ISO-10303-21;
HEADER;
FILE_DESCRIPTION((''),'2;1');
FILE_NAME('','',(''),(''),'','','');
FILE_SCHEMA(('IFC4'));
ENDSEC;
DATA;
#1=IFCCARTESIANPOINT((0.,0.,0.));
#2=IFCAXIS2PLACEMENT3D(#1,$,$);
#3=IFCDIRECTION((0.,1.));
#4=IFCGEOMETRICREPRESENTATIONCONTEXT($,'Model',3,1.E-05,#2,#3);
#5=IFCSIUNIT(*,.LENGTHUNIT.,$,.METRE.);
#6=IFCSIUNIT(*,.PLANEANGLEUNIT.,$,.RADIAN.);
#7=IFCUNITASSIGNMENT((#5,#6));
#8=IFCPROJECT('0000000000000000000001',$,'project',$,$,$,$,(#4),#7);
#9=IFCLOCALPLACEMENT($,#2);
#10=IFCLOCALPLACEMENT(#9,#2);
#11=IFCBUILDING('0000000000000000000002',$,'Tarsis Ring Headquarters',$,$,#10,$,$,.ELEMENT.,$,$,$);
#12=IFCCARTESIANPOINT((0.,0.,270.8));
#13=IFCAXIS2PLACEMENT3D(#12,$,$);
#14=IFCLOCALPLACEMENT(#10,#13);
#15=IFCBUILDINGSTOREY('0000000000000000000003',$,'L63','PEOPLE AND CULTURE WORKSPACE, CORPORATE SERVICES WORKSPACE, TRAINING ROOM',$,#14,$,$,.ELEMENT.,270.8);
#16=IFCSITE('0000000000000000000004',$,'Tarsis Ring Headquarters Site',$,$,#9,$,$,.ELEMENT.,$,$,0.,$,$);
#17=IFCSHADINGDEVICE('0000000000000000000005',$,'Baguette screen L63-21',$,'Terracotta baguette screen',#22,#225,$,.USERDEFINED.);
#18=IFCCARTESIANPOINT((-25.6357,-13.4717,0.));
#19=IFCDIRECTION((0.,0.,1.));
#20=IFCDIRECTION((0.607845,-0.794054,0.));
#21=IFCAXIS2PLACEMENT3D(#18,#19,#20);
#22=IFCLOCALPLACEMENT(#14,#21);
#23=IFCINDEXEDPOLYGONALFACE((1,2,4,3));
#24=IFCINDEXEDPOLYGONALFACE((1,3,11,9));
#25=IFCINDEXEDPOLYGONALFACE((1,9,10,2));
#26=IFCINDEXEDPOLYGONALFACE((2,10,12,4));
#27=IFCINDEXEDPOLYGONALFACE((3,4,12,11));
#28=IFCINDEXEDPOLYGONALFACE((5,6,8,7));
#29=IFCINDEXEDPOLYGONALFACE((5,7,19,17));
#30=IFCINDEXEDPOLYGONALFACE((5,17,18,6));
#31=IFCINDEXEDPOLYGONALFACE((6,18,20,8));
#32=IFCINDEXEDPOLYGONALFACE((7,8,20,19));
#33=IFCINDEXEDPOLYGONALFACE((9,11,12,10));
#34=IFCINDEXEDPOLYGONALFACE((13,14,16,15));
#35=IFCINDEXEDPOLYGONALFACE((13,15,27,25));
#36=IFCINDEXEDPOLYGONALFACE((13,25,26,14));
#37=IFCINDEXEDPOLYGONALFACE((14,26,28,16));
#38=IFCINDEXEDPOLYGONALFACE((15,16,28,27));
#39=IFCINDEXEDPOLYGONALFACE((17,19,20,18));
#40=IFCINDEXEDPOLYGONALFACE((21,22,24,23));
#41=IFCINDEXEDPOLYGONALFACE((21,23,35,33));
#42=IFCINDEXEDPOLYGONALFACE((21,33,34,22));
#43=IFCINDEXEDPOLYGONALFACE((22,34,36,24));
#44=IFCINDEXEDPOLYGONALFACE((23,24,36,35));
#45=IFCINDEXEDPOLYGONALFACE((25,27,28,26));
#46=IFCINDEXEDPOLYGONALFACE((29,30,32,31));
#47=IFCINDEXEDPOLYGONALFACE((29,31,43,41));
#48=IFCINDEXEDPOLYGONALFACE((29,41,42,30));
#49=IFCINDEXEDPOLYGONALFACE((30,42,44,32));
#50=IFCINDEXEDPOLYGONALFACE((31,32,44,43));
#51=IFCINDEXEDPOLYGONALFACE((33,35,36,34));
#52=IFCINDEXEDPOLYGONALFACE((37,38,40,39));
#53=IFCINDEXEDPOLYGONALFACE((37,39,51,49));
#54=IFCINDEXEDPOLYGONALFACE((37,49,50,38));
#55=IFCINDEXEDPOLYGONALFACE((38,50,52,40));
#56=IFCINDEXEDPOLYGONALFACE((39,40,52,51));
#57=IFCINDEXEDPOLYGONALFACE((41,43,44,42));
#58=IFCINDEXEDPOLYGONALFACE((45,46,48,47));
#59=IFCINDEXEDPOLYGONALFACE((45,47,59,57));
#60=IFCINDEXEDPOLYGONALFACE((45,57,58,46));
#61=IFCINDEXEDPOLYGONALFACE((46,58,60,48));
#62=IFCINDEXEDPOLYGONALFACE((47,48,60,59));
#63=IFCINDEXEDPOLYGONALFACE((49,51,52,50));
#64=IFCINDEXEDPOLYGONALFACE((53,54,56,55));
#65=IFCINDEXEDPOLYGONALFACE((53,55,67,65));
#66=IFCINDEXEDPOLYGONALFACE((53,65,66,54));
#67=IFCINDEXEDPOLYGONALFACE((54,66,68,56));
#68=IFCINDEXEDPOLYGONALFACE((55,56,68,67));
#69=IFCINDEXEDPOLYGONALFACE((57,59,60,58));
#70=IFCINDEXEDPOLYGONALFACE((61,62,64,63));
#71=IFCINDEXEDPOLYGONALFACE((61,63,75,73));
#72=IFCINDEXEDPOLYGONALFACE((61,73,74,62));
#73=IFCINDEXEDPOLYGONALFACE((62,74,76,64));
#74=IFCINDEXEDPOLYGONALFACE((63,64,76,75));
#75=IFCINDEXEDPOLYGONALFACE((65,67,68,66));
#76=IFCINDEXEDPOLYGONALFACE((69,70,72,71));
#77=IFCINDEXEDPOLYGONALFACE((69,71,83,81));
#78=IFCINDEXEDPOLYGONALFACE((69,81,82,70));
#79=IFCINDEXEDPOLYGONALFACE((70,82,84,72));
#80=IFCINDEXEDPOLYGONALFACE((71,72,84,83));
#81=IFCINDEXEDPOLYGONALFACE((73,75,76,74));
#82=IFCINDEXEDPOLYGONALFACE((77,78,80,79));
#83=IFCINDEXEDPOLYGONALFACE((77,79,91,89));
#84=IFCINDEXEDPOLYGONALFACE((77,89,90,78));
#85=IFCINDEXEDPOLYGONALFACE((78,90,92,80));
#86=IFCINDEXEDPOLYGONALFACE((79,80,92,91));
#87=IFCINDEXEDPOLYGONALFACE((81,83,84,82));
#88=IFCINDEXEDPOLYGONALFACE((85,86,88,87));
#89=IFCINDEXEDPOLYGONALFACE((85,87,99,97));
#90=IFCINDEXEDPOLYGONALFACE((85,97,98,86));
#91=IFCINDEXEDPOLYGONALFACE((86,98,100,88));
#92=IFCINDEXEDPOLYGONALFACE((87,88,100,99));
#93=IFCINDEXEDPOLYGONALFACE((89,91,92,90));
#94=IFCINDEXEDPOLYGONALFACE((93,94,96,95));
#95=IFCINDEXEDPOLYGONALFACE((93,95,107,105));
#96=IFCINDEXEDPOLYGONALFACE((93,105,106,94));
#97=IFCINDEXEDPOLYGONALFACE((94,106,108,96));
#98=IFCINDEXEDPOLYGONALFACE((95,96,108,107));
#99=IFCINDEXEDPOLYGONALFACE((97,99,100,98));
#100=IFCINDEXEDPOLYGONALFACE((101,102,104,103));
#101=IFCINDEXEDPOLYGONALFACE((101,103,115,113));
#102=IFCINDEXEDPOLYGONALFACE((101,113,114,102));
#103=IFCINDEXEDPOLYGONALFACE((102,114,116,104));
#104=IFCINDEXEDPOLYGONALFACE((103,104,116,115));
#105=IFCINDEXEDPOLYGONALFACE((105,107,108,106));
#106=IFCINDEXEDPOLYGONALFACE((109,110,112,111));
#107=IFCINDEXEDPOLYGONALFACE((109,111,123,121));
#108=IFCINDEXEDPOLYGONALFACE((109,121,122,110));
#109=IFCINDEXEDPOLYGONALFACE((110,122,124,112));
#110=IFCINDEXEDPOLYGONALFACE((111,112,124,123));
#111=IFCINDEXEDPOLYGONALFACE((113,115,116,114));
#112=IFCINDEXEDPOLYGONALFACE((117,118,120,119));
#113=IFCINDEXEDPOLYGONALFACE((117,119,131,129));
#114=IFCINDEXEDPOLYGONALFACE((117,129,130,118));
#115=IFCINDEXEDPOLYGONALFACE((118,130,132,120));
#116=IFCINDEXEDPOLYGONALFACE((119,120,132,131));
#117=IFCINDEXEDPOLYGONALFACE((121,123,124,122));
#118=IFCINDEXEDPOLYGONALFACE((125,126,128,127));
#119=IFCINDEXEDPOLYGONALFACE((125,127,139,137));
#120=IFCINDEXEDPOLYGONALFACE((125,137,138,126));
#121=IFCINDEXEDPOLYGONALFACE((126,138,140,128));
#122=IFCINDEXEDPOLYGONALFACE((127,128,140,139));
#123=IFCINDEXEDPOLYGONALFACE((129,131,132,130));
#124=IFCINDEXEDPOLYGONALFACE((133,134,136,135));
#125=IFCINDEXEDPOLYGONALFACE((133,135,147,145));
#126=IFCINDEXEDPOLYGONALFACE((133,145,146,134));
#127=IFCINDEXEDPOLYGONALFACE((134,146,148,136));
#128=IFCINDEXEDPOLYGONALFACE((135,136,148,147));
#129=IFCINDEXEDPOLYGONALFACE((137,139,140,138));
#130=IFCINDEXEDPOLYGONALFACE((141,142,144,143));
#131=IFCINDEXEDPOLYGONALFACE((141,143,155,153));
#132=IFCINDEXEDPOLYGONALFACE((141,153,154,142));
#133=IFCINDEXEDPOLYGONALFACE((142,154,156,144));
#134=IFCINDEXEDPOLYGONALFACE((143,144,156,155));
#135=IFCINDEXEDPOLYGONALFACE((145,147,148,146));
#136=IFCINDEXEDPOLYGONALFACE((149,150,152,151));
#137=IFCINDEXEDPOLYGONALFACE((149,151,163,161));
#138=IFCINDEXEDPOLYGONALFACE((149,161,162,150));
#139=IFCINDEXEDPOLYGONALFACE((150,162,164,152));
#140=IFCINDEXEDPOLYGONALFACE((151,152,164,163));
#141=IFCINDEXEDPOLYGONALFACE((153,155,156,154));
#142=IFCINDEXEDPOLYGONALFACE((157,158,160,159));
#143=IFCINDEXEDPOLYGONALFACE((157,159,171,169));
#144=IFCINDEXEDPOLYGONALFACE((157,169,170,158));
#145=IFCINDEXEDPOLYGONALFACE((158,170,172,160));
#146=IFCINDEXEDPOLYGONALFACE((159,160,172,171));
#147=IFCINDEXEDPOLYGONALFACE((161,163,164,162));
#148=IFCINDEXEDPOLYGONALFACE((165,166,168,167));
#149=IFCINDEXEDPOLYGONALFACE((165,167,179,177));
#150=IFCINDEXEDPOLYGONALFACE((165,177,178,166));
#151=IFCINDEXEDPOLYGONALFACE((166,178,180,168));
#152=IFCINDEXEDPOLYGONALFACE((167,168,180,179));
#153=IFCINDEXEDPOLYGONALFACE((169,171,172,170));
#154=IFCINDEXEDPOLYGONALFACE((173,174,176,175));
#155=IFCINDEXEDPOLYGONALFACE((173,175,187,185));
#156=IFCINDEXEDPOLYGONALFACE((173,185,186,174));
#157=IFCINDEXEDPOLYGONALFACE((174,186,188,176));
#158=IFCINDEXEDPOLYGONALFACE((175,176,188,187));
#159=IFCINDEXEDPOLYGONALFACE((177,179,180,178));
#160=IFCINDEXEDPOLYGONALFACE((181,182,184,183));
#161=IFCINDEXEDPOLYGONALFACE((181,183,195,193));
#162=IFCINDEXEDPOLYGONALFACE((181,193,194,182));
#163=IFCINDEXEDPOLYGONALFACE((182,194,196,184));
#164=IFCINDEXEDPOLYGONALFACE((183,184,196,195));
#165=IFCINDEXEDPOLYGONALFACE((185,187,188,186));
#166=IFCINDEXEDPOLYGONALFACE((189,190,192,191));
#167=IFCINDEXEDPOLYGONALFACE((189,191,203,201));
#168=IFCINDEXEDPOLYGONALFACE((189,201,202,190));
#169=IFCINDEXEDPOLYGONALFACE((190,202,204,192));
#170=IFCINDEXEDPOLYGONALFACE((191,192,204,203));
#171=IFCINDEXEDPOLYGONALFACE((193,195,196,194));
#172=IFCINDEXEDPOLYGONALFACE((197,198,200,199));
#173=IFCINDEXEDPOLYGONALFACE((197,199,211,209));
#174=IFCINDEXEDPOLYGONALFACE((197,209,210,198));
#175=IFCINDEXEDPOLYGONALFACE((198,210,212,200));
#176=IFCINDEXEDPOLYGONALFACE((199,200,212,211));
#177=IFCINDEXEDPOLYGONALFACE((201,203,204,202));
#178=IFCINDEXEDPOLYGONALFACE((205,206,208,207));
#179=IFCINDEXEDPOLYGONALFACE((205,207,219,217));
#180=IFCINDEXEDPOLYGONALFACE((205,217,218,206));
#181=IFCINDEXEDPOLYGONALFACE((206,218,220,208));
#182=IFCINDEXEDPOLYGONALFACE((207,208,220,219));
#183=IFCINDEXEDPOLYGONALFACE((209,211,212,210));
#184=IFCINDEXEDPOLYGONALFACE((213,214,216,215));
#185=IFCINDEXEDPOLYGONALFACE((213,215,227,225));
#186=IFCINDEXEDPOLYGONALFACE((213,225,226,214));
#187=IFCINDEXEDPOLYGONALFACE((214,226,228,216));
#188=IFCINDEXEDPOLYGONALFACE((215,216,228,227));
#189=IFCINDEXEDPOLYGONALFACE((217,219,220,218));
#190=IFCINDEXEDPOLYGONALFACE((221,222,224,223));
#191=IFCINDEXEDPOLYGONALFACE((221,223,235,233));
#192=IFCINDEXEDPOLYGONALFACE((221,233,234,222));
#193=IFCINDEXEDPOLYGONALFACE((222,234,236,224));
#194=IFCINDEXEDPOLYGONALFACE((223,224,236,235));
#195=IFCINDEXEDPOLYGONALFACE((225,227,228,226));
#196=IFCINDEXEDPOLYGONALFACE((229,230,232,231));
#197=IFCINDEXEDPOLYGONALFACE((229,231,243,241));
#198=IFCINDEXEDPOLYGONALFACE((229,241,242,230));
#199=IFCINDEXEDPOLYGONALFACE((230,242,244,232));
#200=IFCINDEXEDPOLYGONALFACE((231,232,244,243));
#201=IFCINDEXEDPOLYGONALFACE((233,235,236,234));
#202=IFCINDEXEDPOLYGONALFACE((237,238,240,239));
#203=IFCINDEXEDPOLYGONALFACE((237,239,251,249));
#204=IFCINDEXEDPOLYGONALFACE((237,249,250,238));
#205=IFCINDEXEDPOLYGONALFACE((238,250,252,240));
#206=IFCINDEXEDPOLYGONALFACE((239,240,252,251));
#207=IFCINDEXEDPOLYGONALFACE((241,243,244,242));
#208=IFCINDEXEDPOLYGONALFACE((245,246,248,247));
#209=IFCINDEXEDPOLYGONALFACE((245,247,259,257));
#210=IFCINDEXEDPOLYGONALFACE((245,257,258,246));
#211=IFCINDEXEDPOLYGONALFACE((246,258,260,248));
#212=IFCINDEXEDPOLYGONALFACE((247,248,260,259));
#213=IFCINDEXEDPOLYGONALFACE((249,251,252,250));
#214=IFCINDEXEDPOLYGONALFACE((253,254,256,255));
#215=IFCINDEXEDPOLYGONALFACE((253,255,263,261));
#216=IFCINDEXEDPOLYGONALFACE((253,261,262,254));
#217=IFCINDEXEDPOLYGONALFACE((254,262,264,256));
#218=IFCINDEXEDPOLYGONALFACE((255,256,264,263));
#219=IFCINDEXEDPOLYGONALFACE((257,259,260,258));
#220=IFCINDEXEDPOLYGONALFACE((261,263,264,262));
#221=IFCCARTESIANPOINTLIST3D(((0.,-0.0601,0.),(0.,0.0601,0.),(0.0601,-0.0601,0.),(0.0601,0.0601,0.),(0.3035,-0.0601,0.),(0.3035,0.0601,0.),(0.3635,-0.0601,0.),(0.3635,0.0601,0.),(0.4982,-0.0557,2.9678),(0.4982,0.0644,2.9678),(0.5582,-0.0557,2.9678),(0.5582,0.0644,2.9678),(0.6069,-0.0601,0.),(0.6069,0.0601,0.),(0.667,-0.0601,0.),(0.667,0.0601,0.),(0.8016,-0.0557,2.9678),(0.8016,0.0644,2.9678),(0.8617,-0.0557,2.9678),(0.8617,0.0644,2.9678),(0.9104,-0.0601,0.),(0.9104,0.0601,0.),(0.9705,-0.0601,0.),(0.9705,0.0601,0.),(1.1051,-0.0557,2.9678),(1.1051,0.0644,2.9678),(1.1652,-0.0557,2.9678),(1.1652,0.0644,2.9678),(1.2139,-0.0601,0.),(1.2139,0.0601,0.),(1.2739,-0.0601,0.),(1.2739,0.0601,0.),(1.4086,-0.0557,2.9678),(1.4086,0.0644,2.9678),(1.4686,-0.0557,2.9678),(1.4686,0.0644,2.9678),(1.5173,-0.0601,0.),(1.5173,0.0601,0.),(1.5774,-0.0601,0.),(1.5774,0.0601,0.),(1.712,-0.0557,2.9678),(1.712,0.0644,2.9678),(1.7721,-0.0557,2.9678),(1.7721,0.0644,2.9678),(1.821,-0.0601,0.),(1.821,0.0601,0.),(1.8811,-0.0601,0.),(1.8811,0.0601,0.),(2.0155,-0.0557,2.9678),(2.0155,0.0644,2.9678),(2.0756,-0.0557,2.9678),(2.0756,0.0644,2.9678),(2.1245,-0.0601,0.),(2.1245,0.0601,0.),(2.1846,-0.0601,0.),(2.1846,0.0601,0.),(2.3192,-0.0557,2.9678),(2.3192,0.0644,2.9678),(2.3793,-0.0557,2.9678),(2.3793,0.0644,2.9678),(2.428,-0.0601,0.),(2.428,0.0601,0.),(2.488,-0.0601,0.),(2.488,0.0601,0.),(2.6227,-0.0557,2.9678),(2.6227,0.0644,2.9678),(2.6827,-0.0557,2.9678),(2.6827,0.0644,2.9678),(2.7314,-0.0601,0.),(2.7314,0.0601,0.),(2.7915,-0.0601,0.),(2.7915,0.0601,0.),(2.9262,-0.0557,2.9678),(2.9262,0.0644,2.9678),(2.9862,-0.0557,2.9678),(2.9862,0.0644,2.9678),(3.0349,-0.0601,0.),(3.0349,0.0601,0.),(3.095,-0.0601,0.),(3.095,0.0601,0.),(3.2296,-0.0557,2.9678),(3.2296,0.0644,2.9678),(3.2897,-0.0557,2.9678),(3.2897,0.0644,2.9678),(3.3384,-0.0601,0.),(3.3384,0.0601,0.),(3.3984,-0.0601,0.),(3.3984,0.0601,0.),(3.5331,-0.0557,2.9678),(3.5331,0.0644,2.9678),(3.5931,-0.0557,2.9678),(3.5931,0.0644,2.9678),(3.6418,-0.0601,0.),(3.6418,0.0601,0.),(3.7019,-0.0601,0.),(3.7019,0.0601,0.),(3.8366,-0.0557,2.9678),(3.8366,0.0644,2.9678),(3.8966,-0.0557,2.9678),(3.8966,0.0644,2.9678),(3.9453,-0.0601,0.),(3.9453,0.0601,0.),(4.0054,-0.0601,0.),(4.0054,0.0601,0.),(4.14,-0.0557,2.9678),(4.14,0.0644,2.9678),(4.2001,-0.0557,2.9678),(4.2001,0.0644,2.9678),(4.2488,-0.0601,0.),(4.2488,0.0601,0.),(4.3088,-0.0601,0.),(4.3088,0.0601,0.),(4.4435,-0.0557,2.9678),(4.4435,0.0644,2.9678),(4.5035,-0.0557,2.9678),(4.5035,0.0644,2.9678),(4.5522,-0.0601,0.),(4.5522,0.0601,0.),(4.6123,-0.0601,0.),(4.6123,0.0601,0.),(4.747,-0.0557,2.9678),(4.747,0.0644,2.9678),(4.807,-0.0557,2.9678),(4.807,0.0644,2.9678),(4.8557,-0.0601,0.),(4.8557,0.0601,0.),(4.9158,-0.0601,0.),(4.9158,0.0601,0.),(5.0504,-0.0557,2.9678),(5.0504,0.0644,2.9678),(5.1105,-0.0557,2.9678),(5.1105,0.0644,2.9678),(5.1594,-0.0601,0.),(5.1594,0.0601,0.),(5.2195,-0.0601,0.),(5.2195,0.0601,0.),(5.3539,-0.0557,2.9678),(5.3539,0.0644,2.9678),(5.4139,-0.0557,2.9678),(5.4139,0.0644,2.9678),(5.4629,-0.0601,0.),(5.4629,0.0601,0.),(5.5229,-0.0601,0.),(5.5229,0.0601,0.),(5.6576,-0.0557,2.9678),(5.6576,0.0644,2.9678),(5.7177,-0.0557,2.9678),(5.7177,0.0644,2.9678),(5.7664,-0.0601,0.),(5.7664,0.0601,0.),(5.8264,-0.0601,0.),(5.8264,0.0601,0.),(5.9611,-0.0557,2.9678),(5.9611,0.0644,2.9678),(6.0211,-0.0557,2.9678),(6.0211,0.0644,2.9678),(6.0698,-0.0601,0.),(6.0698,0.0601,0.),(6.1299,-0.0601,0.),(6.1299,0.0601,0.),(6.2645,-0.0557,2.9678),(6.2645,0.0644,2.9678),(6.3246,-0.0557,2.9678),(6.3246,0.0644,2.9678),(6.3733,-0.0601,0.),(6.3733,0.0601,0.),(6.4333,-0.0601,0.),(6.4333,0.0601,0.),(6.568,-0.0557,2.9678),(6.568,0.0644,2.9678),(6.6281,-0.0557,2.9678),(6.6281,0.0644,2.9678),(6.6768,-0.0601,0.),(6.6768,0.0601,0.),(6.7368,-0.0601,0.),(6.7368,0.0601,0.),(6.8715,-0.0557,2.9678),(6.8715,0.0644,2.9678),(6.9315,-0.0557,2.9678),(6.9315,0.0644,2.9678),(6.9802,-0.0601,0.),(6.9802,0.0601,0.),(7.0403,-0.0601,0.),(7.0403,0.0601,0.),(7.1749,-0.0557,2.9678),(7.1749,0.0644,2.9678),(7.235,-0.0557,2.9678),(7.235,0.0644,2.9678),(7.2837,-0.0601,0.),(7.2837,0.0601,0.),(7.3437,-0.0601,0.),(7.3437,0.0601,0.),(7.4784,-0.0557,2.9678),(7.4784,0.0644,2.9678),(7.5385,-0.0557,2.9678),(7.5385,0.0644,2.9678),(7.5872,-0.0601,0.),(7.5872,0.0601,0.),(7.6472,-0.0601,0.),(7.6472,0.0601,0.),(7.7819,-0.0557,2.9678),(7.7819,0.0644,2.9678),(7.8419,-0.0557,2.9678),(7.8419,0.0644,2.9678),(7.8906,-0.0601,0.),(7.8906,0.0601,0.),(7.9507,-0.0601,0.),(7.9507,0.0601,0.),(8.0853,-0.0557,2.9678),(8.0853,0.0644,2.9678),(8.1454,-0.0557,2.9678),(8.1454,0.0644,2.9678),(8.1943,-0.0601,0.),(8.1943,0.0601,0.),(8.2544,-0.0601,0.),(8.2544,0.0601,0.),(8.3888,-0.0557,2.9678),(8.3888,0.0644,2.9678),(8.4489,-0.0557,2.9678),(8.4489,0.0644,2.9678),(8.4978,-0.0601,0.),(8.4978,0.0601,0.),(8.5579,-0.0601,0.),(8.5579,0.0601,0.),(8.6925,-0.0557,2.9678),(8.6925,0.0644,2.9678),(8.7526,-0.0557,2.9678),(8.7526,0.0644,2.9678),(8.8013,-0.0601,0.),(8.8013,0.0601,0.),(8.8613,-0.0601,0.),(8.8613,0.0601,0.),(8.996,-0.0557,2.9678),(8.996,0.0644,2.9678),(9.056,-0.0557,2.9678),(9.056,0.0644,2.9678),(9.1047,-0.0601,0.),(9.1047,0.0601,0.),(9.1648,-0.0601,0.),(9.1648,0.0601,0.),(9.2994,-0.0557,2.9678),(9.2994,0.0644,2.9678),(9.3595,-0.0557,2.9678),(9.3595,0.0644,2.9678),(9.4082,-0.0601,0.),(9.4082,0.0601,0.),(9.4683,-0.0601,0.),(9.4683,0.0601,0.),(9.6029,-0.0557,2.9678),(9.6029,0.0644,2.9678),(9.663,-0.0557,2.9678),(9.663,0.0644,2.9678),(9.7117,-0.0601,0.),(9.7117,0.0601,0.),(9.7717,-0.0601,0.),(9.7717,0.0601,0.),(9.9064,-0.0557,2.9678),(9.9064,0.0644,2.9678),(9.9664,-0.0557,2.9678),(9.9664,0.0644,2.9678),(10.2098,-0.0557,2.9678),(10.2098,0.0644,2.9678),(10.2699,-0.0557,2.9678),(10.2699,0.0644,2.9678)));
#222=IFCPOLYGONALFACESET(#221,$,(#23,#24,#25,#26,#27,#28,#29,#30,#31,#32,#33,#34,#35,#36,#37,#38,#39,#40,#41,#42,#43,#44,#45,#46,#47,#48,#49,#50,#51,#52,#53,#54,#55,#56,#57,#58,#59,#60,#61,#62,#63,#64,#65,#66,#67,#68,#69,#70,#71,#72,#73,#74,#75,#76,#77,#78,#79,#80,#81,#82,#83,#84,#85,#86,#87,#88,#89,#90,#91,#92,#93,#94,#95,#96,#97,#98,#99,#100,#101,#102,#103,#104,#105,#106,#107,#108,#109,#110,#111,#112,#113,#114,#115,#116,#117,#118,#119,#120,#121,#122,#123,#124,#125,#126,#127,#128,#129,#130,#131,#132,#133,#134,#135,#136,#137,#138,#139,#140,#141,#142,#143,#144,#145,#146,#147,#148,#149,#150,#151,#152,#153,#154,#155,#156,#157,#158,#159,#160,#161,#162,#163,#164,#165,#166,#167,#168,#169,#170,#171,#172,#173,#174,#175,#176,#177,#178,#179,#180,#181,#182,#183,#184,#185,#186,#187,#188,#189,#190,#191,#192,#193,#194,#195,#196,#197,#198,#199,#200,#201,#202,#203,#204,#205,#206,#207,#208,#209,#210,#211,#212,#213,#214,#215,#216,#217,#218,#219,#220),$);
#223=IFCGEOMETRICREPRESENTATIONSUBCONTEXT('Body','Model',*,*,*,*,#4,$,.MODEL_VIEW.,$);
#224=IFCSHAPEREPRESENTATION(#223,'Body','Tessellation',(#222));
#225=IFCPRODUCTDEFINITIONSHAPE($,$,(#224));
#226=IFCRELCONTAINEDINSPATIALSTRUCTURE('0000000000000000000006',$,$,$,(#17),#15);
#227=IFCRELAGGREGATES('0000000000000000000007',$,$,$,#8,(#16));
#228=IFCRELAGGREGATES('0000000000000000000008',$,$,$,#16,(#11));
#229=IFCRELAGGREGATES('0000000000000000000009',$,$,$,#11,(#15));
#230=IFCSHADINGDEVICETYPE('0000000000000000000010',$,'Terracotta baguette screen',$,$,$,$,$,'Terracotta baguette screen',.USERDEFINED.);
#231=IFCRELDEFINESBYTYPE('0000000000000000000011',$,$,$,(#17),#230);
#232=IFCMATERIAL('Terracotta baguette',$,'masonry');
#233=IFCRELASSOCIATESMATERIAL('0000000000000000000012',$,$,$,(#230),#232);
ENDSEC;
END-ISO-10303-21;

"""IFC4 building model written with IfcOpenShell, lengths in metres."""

from ifc_helpers import new_model, si_unit, direction, frame, frame_2d, origin, place, context, subcontext, project, spatial, rectangle, composite_profile, extrude, material, type_object, element, save


model = new_model("IFC4")

# Units and contexts
model_context = context("Model", 3, precision=1e-05, world=origin(), true_north=direction((0.0, 1.0)))
body_context = subcontext(model_context, "Body", "Model", "MODEL_VIEW")
ifc_project = project(units=[si_unit("LENGTHUNIT", "METRE"), si_unit("PLANEANGLEUNIT", "RADIAN")], contexts=[model_context])

# Site, building, storey
site_placement = place(None, origin())
site = spatial("IfcSite", under=ifc_project, at=site_placement, Name="Tarsis Ring Headquarters Site", CompositionType="ELEMENT", RefElevation=0.0)
building_placement = place(site_placement, origin())
building = spatial("IfcBuilding", under=site, at=building_placement, Name="Tarsis Ring Headquarters", CompositionType="ELEMENT")
storey_placement = place(building_placement, frame((0.0, 0.0, 270.8)))
storey = spatial("IfcBuildingStorey", under=building, at=storey_placement, Name="L63", Description="PEOPLE AND CULTURE WORKSPACE, CORPORATE SERVICES WORKSPACE, TRAINING ROOM", CompositionType="ELEMENT", Elevation=270.8)

# Shading device
ifc_material_1 = material(Name="Terracotta baguette", Category="masonry")
shading_device_type = type_object("IfcShadingDeviceType", Name="Terracotta baguette screen", ElementType="Terracotta baguette screen", PredefinedType="USERDEFINED", material=ifc_material_1)
shading_device_1_placement = place(storey_placement, frame((-25.6357, -13.4717, 0.0), z_axis=(0.0, 0.0, 1.0), x_axis=(0.607845, -0.794054, 0.0)))
element("IfcShadingDevice", 1, at=shading_device_1_placement, inside=storey, type_object=shading_device_type, Name="Baguette screen L63-21", ObjectType="Terracotta baguette screen", PredefinedType="USERDEFINED", context=body_context, shape_type="SweptSolid", body=[
    extrude(composite_profile([rectangle(XDim=0.0601, YDim=0.1201, at=frame_2d((0.03, 0.0))), rectangle(XDim=0.0601, YDim=0.1201, at=frame_2d((0.3335, 0.0))), rectangle(XDim=0.0601, YDim=0.1201, at=frame_2d((0.637, 0.0))), rectangle(XDim=0.0601, YDim=0.1201, at=frame_2d((0.9404, 0.0))), rectangle(XDim=0.0601, YDim=0.1201, at=frame_2d((1.2439, 0.0))), rectangle(XDim=0.0601, YDim=0.1201, at=frame_2d((1.5474, 0.0))), rectangle(XDim=0.0601, YDim=0.1201, at=frame_2d((1.8511, 0.0))), rectangle(XDim=0.0601, YDim=0.1201, at=frame_2d((2.1545, 0.0))), rectangle(XDim=0.0601, YDim=0.1201, at=frame_2d((2.458, 0.0))), rectangle(XDim=0.0601, YDim=0.1201, at=frame_2d((2.7615, 0.0))), rectangle(XDim=0.0601, YDim=0.1201, at=frame_2d((3.0649, 0.0))), rectangle(XDim=0.0601, YDim=0.1201, at=frame_2d((3.3684, 0.0))), rectangle(XDim=0.0601, YDim=0.1201, at=frame_2d((3.6719, 0.0))), rectangle(XDim=0.0601, YDim=0.1201, at=frame_2d((3.9753, 0.0))), rectangle(XDim=0.0601, YDim=0.1201, at=frame_2d((4.2788, 0.0))), rectangle(XDim=0.0601, YDim=0.1201, at=frame_2d((4.5823, 0.0))), rectangle(XDim=0.0601, YDim=0.1201, at=frame_2d((4.8857, 0.0))), rectangle(XDim=0.0601, YDim=0.1201, at=frame_2d((5.1895, 0.0))), rectangle(XDim=0.0601, YDim=0.1201, at=frame_2d((5.4929, 0.0))), rectangle(XDim=0.0601, YDim=0.1201, at=frame_2d((5.7964, 0.0))), rectangle(XDim=0.0601, YDim=0.1201, at=frame_2d((6.0999, 0.0))), rectangle(XDim=0.0601, YDim=0.1201, at=frame_2d((6.4033, 0.0))), rectangle(XDim=0.0601, YDim=0.1201, at=frame_2d((6.7068, 0.0))), rectangle(XDim=0.0601, YDim=0.1201, at=frame_2d((7.0103, 0.0))), rectangle(XDim=0.0601, YDim=0.1201, at=frame_2d((7.3137, 0.0))), rectangle(XDim=0.0601, YDim=0.1201, at=frame_2d((7.6172, 0.0))), rectangle(XDim=0.0601, YDim=0.1201, at=frame_2d((7.9207, 0.0))), rectangle(XDim=0.0601, YDim=0.1201, at=frame_2d((8.2244, 0.0))), rectangle(XDim=0.0601, YDim=0.1201, at=frame_2d((8.5278, 0.0))), rectangle(XDim=0.0601, YDim=0.1201, at=frame_2d((8.8313, 0.0))), rectangle(XDim=0.0601, YDim=0.1201, at=frame_2d((9.1348, 0.0))), rectangle(XDim=0.0601, YDim=0.1201, at=frame_2d((9.4382, 0.0))), rectangle(XDim=0.0601, YDim=0.1201, at=frame_2d((9.7417, 0.0)))]), origin(), (0.165545, 0.001448, 0.986201), 3.0093),
])

save(model, "model.ifc")
